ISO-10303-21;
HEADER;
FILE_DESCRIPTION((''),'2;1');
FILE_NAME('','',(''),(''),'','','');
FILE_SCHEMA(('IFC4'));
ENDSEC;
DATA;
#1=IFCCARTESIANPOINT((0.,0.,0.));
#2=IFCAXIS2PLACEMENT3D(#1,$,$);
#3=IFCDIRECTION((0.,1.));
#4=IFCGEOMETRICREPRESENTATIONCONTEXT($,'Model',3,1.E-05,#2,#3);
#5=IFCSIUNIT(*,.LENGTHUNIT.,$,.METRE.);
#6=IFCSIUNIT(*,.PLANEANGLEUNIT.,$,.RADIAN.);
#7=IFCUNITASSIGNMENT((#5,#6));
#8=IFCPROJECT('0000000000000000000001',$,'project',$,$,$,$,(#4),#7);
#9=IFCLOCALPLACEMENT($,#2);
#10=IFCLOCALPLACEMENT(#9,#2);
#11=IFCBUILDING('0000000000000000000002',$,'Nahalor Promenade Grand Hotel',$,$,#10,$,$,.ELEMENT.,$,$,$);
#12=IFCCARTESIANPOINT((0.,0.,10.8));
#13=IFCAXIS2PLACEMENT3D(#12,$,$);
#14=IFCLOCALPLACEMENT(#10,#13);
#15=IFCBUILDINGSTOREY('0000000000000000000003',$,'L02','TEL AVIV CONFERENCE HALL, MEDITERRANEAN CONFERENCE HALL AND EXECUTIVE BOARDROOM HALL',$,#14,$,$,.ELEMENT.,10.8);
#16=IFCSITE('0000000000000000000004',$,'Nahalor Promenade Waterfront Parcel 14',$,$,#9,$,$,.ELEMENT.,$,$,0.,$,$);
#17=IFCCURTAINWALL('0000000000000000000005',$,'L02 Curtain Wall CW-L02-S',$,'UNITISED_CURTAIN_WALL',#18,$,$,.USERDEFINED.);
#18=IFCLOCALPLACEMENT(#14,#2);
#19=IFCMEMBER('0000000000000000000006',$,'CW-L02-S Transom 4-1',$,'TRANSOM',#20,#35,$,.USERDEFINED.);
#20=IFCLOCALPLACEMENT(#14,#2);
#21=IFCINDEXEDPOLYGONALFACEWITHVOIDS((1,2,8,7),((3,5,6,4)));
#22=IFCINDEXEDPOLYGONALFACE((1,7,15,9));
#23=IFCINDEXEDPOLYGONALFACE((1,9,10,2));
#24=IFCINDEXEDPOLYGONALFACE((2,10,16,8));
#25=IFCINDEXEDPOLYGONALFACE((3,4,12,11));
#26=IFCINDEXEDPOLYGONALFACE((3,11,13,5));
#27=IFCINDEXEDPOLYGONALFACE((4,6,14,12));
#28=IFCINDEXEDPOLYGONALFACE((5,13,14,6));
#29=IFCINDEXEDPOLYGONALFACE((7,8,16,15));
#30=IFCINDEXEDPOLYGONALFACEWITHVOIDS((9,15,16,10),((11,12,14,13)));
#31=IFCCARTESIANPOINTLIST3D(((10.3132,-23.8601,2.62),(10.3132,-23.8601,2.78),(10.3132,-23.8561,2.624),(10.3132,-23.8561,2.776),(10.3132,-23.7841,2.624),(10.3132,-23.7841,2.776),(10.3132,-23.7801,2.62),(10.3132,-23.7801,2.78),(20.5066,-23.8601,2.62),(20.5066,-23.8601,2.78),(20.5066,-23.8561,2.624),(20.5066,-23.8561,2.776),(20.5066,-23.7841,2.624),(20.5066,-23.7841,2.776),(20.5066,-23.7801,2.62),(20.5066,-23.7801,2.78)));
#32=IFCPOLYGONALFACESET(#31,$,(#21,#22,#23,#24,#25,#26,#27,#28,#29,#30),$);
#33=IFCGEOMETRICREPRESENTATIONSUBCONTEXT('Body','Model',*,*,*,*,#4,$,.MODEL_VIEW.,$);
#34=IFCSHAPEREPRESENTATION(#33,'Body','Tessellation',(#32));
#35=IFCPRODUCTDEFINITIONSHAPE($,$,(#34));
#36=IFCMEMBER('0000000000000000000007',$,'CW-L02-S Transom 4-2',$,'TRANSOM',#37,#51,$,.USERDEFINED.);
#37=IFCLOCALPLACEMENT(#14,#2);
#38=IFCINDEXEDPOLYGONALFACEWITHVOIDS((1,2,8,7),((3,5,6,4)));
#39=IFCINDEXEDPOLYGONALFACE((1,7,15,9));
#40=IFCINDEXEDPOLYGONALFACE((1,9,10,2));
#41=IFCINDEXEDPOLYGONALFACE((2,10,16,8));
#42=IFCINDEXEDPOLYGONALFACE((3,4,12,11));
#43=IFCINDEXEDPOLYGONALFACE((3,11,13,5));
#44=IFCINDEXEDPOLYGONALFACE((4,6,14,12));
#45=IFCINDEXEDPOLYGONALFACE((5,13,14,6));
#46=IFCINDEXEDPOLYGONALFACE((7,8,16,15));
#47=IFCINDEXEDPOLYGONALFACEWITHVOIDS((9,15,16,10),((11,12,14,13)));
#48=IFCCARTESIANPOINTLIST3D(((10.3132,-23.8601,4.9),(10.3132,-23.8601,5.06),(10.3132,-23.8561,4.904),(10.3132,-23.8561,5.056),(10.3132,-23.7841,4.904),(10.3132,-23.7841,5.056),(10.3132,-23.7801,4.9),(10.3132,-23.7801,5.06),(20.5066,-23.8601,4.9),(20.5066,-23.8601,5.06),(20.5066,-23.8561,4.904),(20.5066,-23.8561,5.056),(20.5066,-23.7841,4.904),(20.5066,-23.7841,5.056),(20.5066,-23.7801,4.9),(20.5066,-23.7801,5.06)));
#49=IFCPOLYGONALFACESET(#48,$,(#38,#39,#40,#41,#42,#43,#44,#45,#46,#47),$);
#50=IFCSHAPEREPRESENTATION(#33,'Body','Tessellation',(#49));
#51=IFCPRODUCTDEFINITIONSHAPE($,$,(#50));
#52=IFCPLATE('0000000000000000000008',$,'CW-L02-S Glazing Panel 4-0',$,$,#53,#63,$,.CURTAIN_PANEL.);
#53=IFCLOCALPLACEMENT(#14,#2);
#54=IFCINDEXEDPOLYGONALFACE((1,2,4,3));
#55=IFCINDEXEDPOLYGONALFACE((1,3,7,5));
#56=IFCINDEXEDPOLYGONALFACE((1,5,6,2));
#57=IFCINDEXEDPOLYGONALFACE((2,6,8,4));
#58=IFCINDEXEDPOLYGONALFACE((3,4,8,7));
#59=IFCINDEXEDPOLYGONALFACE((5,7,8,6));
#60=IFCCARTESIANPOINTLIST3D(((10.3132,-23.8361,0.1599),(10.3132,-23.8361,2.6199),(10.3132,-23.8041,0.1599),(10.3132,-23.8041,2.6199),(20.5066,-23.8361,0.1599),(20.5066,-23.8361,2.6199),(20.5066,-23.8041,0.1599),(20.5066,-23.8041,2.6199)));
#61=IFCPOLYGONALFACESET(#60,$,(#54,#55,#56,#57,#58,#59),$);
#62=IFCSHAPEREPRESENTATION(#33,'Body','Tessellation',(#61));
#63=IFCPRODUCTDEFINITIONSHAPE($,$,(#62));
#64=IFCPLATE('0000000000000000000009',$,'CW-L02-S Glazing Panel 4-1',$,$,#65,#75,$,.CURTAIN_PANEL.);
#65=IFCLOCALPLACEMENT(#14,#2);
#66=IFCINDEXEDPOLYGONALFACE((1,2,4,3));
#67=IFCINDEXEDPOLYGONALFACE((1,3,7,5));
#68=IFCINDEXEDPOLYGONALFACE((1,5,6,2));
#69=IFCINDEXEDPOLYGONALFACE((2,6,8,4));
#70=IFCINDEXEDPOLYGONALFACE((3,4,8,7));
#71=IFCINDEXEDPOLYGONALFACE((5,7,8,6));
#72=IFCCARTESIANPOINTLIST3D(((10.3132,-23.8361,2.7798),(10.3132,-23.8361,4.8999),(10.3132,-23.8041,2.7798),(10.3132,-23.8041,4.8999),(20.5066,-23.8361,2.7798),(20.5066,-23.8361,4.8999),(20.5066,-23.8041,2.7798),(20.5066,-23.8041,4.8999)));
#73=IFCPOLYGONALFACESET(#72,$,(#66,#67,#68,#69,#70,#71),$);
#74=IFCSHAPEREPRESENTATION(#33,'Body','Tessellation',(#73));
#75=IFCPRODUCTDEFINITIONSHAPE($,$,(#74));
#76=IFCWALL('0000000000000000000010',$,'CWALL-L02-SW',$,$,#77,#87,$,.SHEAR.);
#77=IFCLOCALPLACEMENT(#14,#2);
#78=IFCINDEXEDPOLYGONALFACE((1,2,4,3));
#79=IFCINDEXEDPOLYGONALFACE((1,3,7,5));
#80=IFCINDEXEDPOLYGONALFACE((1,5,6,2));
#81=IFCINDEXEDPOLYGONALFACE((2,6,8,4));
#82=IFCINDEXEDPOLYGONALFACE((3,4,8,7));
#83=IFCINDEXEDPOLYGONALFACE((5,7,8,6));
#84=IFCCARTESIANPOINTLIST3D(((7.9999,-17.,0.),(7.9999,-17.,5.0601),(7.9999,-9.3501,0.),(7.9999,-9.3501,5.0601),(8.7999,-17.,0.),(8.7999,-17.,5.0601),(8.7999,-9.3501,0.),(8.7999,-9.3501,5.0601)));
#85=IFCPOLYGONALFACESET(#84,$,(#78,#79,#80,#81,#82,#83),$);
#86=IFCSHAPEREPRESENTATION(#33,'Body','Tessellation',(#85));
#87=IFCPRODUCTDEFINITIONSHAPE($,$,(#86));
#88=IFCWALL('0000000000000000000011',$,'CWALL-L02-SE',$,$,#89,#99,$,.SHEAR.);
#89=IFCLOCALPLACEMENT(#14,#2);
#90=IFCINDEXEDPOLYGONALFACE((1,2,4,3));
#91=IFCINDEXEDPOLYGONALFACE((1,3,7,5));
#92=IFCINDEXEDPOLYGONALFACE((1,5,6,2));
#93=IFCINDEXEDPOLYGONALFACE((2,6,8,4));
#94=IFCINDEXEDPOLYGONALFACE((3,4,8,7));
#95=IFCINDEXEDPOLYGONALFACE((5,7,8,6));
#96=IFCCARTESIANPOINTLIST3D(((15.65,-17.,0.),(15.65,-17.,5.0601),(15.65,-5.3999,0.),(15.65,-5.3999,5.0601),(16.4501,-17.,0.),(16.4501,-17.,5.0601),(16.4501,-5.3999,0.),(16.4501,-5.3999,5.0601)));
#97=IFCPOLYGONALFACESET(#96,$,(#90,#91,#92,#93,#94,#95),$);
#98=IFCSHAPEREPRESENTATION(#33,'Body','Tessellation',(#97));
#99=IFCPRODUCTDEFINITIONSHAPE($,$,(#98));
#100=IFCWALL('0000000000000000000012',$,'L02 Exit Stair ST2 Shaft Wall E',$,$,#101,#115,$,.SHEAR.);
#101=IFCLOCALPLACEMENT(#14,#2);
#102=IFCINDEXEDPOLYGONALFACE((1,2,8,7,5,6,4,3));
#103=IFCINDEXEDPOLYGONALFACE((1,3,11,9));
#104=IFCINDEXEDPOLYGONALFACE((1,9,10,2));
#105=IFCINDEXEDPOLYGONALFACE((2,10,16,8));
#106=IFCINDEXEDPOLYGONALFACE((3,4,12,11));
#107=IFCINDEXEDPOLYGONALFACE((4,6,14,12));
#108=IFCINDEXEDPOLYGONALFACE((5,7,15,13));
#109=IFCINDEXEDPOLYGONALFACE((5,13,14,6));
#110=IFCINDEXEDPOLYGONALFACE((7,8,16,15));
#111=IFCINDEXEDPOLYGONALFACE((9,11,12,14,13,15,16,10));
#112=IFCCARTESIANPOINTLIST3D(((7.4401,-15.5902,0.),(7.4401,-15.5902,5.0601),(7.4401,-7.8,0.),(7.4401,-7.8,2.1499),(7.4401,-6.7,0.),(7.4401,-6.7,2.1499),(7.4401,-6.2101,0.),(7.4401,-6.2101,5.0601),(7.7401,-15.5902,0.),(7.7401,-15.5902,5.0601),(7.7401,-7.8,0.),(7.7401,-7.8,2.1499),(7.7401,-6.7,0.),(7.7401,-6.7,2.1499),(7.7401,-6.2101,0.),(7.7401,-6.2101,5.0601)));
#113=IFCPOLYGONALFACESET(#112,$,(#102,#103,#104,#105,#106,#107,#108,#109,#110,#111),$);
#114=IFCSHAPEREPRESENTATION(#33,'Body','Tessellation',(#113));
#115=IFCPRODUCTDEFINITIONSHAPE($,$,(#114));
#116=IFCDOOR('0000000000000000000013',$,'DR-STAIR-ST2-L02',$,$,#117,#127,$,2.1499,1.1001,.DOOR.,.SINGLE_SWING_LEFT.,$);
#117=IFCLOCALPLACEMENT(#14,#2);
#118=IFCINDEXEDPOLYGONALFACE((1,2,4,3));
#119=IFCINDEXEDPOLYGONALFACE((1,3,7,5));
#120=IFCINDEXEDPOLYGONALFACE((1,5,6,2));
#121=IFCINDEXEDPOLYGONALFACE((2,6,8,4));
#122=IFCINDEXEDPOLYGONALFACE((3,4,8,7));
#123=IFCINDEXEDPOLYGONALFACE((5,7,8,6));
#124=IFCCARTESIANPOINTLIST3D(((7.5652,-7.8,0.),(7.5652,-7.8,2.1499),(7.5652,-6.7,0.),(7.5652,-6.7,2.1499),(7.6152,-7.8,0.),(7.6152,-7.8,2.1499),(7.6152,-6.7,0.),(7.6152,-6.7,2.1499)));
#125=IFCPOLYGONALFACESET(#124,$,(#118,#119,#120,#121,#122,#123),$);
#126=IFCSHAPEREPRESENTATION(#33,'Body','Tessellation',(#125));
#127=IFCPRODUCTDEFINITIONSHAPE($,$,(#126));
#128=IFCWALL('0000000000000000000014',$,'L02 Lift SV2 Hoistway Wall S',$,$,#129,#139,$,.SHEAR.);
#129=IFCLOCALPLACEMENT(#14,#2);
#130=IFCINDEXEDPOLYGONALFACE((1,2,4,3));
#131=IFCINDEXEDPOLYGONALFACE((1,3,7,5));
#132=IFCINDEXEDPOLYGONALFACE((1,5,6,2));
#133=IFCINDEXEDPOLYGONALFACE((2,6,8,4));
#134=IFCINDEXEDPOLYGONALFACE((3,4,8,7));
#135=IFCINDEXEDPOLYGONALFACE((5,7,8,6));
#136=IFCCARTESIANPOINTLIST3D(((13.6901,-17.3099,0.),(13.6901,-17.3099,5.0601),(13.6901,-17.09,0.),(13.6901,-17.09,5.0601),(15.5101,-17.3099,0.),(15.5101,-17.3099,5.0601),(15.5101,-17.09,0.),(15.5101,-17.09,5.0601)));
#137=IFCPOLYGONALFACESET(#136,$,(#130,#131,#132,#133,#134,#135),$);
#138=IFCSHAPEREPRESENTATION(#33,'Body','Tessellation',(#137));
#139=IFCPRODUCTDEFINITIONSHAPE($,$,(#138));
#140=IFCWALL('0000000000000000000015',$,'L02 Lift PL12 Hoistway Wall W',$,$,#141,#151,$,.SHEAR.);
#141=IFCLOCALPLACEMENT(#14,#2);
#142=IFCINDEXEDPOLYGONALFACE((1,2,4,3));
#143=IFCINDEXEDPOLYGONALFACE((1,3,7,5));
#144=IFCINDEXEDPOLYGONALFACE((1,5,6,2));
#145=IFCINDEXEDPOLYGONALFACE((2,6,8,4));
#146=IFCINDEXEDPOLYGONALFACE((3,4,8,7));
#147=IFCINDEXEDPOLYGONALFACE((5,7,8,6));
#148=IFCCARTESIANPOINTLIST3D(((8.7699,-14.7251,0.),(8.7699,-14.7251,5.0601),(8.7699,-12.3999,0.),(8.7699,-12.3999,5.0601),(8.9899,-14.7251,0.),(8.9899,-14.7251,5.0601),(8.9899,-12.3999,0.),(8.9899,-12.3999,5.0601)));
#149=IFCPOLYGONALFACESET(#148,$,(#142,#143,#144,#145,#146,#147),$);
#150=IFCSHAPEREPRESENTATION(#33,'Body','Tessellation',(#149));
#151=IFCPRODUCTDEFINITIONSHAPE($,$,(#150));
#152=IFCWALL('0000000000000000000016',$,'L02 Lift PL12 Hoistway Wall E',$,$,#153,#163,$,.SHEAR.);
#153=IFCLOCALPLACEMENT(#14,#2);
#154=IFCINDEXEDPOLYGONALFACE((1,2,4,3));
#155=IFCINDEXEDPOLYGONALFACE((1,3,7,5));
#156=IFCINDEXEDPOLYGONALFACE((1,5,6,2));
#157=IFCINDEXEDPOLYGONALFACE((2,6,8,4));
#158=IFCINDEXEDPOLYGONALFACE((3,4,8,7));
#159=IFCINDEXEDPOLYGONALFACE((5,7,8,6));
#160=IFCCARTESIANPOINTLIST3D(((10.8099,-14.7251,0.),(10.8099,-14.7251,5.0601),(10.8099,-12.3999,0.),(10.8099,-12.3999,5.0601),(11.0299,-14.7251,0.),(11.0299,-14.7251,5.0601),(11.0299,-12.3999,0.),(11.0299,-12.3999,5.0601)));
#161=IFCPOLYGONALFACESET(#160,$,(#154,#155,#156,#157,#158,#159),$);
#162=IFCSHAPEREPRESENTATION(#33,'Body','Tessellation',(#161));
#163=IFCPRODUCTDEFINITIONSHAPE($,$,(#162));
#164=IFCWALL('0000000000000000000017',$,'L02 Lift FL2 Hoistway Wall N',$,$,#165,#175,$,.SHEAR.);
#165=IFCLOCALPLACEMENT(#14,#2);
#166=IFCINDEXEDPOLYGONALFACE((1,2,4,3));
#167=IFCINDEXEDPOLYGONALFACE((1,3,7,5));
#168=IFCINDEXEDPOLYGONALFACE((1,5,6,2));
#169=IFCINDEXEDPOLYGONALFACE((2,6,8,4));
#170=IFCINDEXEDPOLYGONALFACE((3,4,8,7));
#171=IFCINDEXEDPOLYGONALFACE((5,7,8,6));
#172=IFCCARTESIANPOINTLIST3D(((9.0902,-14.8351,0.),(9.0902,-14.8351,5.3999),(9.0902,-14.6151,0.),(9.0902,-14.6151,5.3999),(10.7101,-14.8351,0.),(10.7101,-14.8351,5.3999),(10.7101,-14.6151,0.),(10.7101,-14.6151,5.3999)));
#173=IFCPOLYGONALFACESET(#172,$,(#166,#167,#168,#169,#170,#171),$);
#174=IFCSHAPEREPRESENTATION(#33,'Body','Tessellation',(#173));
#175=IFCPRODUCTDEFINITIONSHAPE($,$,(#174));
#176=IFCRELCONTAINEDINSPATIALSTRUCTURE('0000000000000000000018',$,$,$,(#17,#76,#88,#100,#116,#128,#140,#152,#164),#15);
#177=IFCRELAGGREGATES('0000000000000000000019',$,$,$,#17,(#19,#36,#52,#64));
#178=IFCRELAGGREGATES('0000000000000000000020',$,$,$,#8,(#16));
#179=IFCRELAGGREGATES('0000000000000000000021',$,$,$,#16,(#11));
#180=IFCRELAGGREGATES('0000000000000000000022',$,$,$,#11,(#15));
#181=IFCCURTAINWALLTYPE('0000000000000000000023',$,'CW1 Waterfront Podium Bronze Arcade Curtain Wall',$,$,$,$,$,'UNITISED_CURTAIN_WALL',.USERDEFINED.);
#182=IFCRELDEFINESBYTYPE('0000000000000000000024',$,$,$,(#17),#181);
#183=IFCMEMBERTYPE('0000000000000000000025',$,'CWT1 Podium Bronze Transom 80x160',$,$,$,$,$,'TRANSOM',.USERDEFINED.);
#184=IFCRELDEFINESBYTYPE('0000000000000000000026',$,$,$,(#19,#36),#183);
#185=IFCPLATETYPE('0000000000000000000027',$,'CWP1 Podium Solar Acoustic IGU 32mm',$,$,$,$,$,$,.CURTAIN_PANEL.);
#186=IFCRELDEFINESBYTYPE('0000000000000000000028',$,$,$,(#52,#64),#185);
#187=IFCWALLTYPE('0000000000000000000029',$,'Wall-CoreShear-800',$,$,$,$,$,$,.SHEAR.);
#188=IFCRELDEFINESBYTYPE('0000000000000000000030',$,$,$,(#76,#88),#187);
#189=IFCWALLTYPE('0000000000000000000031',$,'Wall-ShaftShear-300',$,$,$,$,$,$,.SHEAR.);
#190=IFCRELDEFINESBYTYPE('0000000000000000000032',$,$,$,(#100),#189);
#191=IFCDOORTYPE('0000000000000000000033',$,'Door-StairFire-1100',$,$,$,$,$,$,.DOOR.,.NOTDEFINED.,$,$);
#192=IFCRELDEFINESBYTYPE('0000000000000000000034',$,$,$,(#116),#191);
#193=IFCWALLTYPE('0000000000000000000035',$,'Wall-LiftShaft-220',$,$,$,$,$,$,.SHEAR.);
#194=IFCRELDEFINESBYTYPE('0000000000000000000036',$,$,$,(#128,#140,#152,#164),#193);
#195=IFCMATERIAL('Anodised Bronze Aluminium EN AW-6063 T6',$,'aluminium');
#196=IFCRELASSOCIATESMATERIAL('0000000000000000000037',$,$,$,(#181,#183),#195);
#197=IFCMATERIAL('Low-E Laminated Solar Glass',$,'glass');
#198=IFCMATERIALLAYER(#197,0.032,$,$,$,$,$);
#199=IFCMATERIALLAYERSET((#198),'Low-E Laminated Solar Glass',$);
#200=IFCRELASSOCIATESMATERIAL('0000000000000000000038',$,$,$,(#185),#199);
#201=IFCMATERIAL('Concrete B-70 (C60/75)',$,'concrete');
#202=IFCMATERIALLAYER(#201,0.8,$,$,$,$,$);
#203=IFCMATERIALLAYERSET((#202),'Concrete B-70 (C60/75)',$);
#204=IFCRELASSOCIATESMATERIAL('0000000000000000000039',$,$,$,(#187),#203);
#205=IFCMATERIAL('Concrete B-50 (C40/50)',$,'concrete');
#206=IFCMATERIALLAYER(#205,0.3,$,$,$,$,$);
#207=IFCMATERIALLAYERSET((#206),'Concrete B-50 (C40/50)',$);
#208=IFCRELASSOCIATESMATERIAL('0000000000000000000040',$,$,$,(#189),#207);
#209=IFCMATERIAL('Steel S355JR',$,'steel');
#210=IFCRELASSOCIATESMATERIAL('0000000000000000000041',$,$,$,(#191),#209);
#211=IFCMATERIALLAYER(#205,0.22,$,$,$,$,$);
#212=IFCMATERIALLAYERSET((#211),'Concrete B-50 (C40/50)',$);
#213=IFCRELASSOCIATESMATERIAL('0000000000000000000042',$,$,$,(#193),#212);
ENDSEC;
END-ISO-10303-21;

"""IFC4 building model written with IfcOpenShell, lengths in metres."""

from ifc_helpers import new_model, si_unit, direction, frame, frame_2d, origin, origin_2d, place, context, subcontext, project, spatial, rectangle, hollow_rectangle, extrude, source, transform, mapped, material, layer, layer_set, material_profile, profile_set, type_object, element, fill, aggregate, save


model = new_model("IFC4")

# Units and contexts
model_context = context("Model", 3, precision=1e-05, world=origin(), true_north=direction((0.0, 1.0)))
body_context = subcontext(model_context, "Body", "Model", "MODEL_VIEW")
ifc_project = project(units=[si_unit("LENGTHUNIT", "METRE"), si_unit("PLANEANGLEUNIT", "RADIAN")], contexts=[model_context])

# Site, building, storey
site_placement = place(None, origin())
site = spatial("IfcSite", under=ifc_project, at=site_placement, Name="Nahalor Promenade Waterfront Parcel 14", CompositionType="ELEMENT", RefElevation=0.0)
building_placement = place(site_placement, origin())
building = spatial("IfcBuilding", under=site, at=building_placement, Name="Nahalor Promenade Grand Hotel", CompositionType="ELEMENT")
storey_placement = place(building_placement, frame((0.0, 0.0, 10.8)))
storey = spatial("IfcBuildingStorey", under=building, at=storey_placement, Name="L02", Description="TEL AVIV CONFERENCE HALL, MEDITERRANEAN CONFERENCE HALL AND EXECUTIVE BOARDROOM HALL", CompositionType="ELEMENT", Elevation=10.8)

# Shared definitions
ifc_material_1 = material(Name="Concrete B-70 (C60/75)", Category="concrete")

# Shared definitions
ifc_material_2 = material(Name="Steel S355JR", Category="steel")

# Curtain wall, members, plates
ifc_material_3 = material(Name="Anodised Bronze Aluminium EN AW-6063 T6", Category="aluminium")
curtain_wall_type = type_object("IfcCurtainWallType", Name="CW1 Waterfront Podium Bronze Arcade Curtain Wall", ElementType="UNITISED_CURTAIN_WALL", PredefinedType="USERDEFINED", material=ifc_material_3)
curtain_wall_placement = place(storey_placement, origin())
curtain_wall = element("IfcCurtainWall", 1, at=curtain_wall_placement, inside=storey, type_object=curtain_wall_type, Name="L02 Curtain Wall CW-L02-S", ObjectType="UNITISED_CURTAIN_WALL", PredefinedType="USERDEFINED")
ifc_material_profile_1 = material_profile(ifc_material_3, hollow_rectangle(XDim=0.08, YDim=0.16, WallThickness=0.004, at=origin_2d()), Name="CWT 80x160x4")
ifc_profile_set_1 = profile_set([ifc_material_profile_1], Name="Anodised Bronze Aluminium EN AW-6063 T6")
member_type_1 = type_object("IfcMemberType", Name="CWT1 Podium Bronze Transom 80x160", ElementType="TRANSOM", PredefinedType="USERDEFINED", material=ifc_profile_set_1)
shared_shape_1 = source(origin(), body_context, "Body", "SweptSolid", [
    extrude(hollow_rectangle(XDim=0.08, YDim=0.16, WallThickness=0.004, at=origin_2d()), origin(), (0.0, 0.0, 1.0), 10.1934),
])
member_1_placement = place(storey_placement, frame((10.3132, -23.8201, 2.7), z_axis=(1.0, 0.0, 0.0), x_axis=(0.0, 1.0, 0.0)))
member_1 = element("IfcMember", 2, at=member_1_placement, type_object=member_type_1, Name="CW-L02-S Transom 4-1", ObjectType="TRANSOM", PredefinedType="USERDEFINED", context=body_context, shape_type="MappedRepresentation", body=[
    mapped(shared_shape_1, transform((0.0, 0.0, 0.0), scale=1.0)),
])
member_2_placement = place(storey_placement, frame((10.3132, -23.8201, 4.98), z_axis=(1.0, 0.0, 0.0), x_axis=(0.0, 1.0, 0.0)))
member_2 = element("IfcMember", 3, at=member_2_placement, type_object=member_type_1, Name="CW-L02-S Transom 4-2", ObjectType="TRANSOM", PredefinedType="USERDEFINED", context=body_context, shape_type="MappedRepresentation", body=[
    mapped(shared_shape_1, transform((0.0, 0.0, 0.0), scale=1.0)),
])
ifc_material_4 = material(Name="Low-E Laminated Solar Glass", Category="glass")
ifc_layer_1 = layer(ifc_material_4, 0.032)
ifc_layer_set_1 = layer_set([ifc_layer_1], Name="Low-E Laminated Solar Glass")
plate_type = type_object("IfcPlateType", Name="CWP1 Podium Solar Acoustic IGU 32mm", PredefinedType="CURTAIN_PANEL", material=ifc_layer_set_1)
shared_shape_2 = source(origin(), body_context, "Body", "SweptSolid", [
    extrude(rectangle(XDim=10.1934, YDim=0.032, at=origin_2d()), origin(), (0.0, 0.0, 1.0), 2.46),
])
plate_1_placement = place(storey_placement, frame((15.4099, -23.8201, 0.1599), z_axis=(0.0, 0.0, 1.0), x_axis=(1.0, 0.0, 0.0)))
plate_1 = element("IfcPlate", 4, at=plate_1_placement, type_object=plate_type, Name="CW-L02-S Glazing Panel 4-0", PredefinedType="CURTAIN_PANEL", context=body_context, shape_type="MappedRepresentation", body=[
    mapped(shared_shape_2, transform((0.0, 0.0, 0.0), scale=1.0)),
])
shared_shape_3 = source(origin(), body_context, "Body", "SweptSolid", [
    extrude(rectangle(XDim=10.1934, YDim=0.032, at=origin_2d()), origin(), (0.0, 0.0, 1.0), 2.1201),
])
plate_2_placement = place(storey_placement, frame((15.4099, -23.8201, 2.7798), z_axis=(0.0, 0.0, 1.0), x_axis=(1.0, 0.0, 0.0)))
plate_2 = element("IfcPlate", 5, at=plate_2_placement, type_object=plate_type, Name="CW-L02-S Glazing Panel 4-1", PredefinedType="CURTAIN_PANEL", context=body_context, shape_type="MappedRepresentation", body=[
    mapped(shared_shape_3, transform((0.0, 0.0, 0.0), scale=1.0)),
])
aggregate(curtain_wall, [member_1, member_2, plate_1, plate_2])

# Walls
ifc_layer_2 = layer(ifc_material_1, 0.8)
ifc_layer_set_2 = layer_set([ifc_layer_2], Name="Concrete B-70 (C60/75)")
wall_type_1 = type_object("IfcWallType", Name="Wall-CoreShear-800", PredefinedType="SHEAR", material=ifc_layer_set_2)
shared_shape_4 = source(origin(), body_context, "Body", "SweptSolid", [
    extrude(rectangle(XDim=7.6499, YDim=0.8, at=frame_2d((3.825, 0.0))), origin(), (0.0, 0.0, 1.0), 5.0601),
])
wall_1_placement = place(storey_placement, frame((8.3999, -17.0, 0.0), z_axis=(0.0, 0.0, 1.0), x_axis=(0.0, 1.0, 0.0)))
element("IfcWall", 6, at=wall_1_placement, inside=storey, type_object=wall_type_1, Name="CWALL-L02-SW", PredefinedType="SHEAR", context=body_context, shape_type="MappedRepresentation", body=[
    mapped(shared_shape_4, transform((0.0, 0.0, 0.0), scale=1.0)),
])
shared_shape_5 = source(origin(), body_context, "Body", "SweptSolid", [
    extrude(rectangle(XDim=11.6001, YDim=0.8, at=frame_2d((5.8, 0.0))), origin(), (0.0, 0.0, 1.0), 5.0601),
])
wall_2_placement = place(storey_placement, frame((16.05, -17.0, 0.0), z_axis=(0.0, 0.0, 1.0), x_axis=(0.0, 1.0, 0.0)))
element("IfcWall", 7, at=wall_2_placement, inside=storey, type_object=wall_type_1, Name="CWALL-L02-SE", PredefinedType="SHEAR", context=body_context, shape_type="MappedRepresentation", body=[
    mapped(shared_shape_5, transform((0.0, 0.0, 0.0), scale=1.0)),
])

# Wall, opening, door
ifc_material_5 = material(Name="Concrete B-50 (C40/50)", Category="concrete")
ifc_layer_3 = layer(ifc_material_5, 0.3)
ifc_layer_set_3 = layer_set([ifc_layer_3], Name="Concrete B-50 (C40/50)")
wall_type_2 = type_object("IfcWallType", Name="Wall-ShaftShear-300", PredefinedType="SHEAR", material=ifc_layer_set_3)
shared_shape_6 = source(origin(), body_context, "Body", "SweptSolid", [
    extrude(rectangle(XDim=9.3801, YDim=0.3, at=frame_2d((4.6899, 0.0))), origin(), (0.0, 0.0, 1.0), 5.0601),
])
wall_3_placement = place(storey_placement, frame((7.5901, -15.5901, 0.0), z_axis=(0.0, 0.0, 1.0), x_axis=(0.0, 1.0, 0.0)))
wall_3 = element("IfcWall", 8, at=wall_3_placement, inside=storey, type_object=wall_type_2, Name="L02 Exit Stair ST2 Shaft Wall E", PredefinedType="SHEAR", context=body_context, shape_type="MappedRepresentation", body=[
    mapped(shared_shape_6, transform((0.0, 0.0, 0.0), scale=1.0)),
])
opening_1_placement = place(wall_3_placement, frame((7.79, 0.0, 0.0)))
opening_1 = element("IfcOpeningElement", 9, at=opening_1_placement, cuts=wall_3, PredefinedType="OPENING", context=body_context, shape_type="SweptSolid", body=[
    extrude(rectangle(XDim=1.1001, YDim=2.1499, at=frame_2d((0.55, 1.075))), frame((0.0, 0.1599, 0.0), z_axis=(0.0, -1.0, 0.0), x_axis=(1.0, 0.0, 0.0)), (0.0, 0.0, 1.0), 0.3201),
])
door_type_1 = type_object("IfcDoorType", Name="Door-StairFire-1100", OperationType="NOTDEFINED", PredefinedType="DOOR", material=ifc_material_2)
shared_shape_7 = source(origin(), body_context, "Body", "SweptSolid", [
    extrude(rectangle(XDim=1.1001, YDim=2.1499, at=frame_2d((0.55, 1.075))), frame((0.0, 0.0249, 0.0), z_axis=(0.0, -1.0, 0.0), x_axis=(1.0, 0.0, 0.0)), (0.0, 0.0, 1.0), 0.05),
])
door_1_placement = place(opening_1_placement, origin())
door_1 = element("IfcDoor", 10, at=door_1_placement, inside=storey, type_object=door_type_1, Name="DR-STAIR-ST2-L02", OperationType="SINGLE_SWING_LEFT", OverallHeight=2.1499, OverallWidth=1.1001, PredefinedType="DOOR", context=body_context, shape_type="MappedRepresentation", body=[
    mapped(shared_shape_7, transform((0.0, 0.0, 0.0), scale=1.0)),
])
fill(opening_1, door_1)

# Walls
ifc_layer_4 = layer(ifc_material_5, 0.22)
ifc_layer_set_4 = layer_set([ifc_layer_4], Name="Concrete B-50 (C40/50)")
wall_type_3 = type_object("IfcWallType", Name="Wall-LiftShaft-220", PredefinedType="SHEAR", material=ifc_layer_set_4)
shared_shape_8 = source(origin(), body_context, "Body", "SweptSolid", [
    extrude(rectangle(XDim=1.8201, YDim=0.22, at=frame_2d((0.9102, 0.0))), origin(), (0.0, 0.0, 1.0), 5.0601),
])
wall_4_placement = place(storey_placement, frame((13.6899, -17.2, 0.0), z_axis=(0.0, 0.0, 1.0), x_axis=(1.0, 0.0, 0.0)))
element("IfcWall", 11, at=wall_4_placement, inside=storey, type_object=wall_type_3, Name="L02 Lift SV2 Hoistway Wall S", PredefinedType="SHEAR", context=body_context, shape_type="MappedRepresentation", body=[
    mapped(shared_shape_8, transform((0.0, 0.0, 0.0), scale=1.0)),
])
shared_shape_9 = source(origin(), body_context, "Body", "SweptSolid", [
    extrude(rectangle(XDim=2.3252, YDim=0.22, at=frame_2d((1.1626, 0.0))), origin(), (0.0, 0.0, 1.0), 5.0601),
])
for number, where, z_axis, x_axis, name in (
    (12, (8.8799, -14.7251, 0.0), (0.0, 0.0, 1.0), (0.0, 1.0, 0.0), "L02 Lift PL12 Hoistway Wall W"),
    (13, (10.9199, -14.7251, 0.0), (0.0, 0.0, 1.0), (0.0, 1.0, 0.0), "L02 Lift PL12 Hoistway Wall E"),
):
    element("IfcWall", number, at=place(storey_placement, frame(where, z_axis=z_axis, x_axis=x_axis)), inside=storey, type_object=wall_type_3, Name=name, PredefinedType="SHEAR", context=body_context, shape_type="MappedRepresentation", body=[
        mapped(shared_shape_9, transform((0.0, 0.0, 0.0), scale=1.0)),
    ])
shared_shape_10 = source(origin(), body_context, "Body", "SweptSolid", [
    extrude(rectangle(XDim=1.6199, YDim=0.22, at=frame_2d((0.8101, 0.0))), origin(), (0.0, 0.0, 1.0), 5.3999),
])
wall_5_placement = place(storey_placement, frame((9.0901, -14.7251, 0.0), z_axis=(0.0, 0.0, 1.0), x_axis=(1.0, 0.0, 0.0)))
element("IfcWall", 14, at=wall_5_placement, inside=storey, type_object=wall_type_3, Name="L02 Lift FL2 Hoistway Wall N", PredefinedType="SHEAR", context=body_context, shape_type="MappedRepresentation", body=[
    mapped(shared_shape_10, transform((0.0, 0.0, 0.0), scale=1.0)),
])

save(model, "model.ifc")
